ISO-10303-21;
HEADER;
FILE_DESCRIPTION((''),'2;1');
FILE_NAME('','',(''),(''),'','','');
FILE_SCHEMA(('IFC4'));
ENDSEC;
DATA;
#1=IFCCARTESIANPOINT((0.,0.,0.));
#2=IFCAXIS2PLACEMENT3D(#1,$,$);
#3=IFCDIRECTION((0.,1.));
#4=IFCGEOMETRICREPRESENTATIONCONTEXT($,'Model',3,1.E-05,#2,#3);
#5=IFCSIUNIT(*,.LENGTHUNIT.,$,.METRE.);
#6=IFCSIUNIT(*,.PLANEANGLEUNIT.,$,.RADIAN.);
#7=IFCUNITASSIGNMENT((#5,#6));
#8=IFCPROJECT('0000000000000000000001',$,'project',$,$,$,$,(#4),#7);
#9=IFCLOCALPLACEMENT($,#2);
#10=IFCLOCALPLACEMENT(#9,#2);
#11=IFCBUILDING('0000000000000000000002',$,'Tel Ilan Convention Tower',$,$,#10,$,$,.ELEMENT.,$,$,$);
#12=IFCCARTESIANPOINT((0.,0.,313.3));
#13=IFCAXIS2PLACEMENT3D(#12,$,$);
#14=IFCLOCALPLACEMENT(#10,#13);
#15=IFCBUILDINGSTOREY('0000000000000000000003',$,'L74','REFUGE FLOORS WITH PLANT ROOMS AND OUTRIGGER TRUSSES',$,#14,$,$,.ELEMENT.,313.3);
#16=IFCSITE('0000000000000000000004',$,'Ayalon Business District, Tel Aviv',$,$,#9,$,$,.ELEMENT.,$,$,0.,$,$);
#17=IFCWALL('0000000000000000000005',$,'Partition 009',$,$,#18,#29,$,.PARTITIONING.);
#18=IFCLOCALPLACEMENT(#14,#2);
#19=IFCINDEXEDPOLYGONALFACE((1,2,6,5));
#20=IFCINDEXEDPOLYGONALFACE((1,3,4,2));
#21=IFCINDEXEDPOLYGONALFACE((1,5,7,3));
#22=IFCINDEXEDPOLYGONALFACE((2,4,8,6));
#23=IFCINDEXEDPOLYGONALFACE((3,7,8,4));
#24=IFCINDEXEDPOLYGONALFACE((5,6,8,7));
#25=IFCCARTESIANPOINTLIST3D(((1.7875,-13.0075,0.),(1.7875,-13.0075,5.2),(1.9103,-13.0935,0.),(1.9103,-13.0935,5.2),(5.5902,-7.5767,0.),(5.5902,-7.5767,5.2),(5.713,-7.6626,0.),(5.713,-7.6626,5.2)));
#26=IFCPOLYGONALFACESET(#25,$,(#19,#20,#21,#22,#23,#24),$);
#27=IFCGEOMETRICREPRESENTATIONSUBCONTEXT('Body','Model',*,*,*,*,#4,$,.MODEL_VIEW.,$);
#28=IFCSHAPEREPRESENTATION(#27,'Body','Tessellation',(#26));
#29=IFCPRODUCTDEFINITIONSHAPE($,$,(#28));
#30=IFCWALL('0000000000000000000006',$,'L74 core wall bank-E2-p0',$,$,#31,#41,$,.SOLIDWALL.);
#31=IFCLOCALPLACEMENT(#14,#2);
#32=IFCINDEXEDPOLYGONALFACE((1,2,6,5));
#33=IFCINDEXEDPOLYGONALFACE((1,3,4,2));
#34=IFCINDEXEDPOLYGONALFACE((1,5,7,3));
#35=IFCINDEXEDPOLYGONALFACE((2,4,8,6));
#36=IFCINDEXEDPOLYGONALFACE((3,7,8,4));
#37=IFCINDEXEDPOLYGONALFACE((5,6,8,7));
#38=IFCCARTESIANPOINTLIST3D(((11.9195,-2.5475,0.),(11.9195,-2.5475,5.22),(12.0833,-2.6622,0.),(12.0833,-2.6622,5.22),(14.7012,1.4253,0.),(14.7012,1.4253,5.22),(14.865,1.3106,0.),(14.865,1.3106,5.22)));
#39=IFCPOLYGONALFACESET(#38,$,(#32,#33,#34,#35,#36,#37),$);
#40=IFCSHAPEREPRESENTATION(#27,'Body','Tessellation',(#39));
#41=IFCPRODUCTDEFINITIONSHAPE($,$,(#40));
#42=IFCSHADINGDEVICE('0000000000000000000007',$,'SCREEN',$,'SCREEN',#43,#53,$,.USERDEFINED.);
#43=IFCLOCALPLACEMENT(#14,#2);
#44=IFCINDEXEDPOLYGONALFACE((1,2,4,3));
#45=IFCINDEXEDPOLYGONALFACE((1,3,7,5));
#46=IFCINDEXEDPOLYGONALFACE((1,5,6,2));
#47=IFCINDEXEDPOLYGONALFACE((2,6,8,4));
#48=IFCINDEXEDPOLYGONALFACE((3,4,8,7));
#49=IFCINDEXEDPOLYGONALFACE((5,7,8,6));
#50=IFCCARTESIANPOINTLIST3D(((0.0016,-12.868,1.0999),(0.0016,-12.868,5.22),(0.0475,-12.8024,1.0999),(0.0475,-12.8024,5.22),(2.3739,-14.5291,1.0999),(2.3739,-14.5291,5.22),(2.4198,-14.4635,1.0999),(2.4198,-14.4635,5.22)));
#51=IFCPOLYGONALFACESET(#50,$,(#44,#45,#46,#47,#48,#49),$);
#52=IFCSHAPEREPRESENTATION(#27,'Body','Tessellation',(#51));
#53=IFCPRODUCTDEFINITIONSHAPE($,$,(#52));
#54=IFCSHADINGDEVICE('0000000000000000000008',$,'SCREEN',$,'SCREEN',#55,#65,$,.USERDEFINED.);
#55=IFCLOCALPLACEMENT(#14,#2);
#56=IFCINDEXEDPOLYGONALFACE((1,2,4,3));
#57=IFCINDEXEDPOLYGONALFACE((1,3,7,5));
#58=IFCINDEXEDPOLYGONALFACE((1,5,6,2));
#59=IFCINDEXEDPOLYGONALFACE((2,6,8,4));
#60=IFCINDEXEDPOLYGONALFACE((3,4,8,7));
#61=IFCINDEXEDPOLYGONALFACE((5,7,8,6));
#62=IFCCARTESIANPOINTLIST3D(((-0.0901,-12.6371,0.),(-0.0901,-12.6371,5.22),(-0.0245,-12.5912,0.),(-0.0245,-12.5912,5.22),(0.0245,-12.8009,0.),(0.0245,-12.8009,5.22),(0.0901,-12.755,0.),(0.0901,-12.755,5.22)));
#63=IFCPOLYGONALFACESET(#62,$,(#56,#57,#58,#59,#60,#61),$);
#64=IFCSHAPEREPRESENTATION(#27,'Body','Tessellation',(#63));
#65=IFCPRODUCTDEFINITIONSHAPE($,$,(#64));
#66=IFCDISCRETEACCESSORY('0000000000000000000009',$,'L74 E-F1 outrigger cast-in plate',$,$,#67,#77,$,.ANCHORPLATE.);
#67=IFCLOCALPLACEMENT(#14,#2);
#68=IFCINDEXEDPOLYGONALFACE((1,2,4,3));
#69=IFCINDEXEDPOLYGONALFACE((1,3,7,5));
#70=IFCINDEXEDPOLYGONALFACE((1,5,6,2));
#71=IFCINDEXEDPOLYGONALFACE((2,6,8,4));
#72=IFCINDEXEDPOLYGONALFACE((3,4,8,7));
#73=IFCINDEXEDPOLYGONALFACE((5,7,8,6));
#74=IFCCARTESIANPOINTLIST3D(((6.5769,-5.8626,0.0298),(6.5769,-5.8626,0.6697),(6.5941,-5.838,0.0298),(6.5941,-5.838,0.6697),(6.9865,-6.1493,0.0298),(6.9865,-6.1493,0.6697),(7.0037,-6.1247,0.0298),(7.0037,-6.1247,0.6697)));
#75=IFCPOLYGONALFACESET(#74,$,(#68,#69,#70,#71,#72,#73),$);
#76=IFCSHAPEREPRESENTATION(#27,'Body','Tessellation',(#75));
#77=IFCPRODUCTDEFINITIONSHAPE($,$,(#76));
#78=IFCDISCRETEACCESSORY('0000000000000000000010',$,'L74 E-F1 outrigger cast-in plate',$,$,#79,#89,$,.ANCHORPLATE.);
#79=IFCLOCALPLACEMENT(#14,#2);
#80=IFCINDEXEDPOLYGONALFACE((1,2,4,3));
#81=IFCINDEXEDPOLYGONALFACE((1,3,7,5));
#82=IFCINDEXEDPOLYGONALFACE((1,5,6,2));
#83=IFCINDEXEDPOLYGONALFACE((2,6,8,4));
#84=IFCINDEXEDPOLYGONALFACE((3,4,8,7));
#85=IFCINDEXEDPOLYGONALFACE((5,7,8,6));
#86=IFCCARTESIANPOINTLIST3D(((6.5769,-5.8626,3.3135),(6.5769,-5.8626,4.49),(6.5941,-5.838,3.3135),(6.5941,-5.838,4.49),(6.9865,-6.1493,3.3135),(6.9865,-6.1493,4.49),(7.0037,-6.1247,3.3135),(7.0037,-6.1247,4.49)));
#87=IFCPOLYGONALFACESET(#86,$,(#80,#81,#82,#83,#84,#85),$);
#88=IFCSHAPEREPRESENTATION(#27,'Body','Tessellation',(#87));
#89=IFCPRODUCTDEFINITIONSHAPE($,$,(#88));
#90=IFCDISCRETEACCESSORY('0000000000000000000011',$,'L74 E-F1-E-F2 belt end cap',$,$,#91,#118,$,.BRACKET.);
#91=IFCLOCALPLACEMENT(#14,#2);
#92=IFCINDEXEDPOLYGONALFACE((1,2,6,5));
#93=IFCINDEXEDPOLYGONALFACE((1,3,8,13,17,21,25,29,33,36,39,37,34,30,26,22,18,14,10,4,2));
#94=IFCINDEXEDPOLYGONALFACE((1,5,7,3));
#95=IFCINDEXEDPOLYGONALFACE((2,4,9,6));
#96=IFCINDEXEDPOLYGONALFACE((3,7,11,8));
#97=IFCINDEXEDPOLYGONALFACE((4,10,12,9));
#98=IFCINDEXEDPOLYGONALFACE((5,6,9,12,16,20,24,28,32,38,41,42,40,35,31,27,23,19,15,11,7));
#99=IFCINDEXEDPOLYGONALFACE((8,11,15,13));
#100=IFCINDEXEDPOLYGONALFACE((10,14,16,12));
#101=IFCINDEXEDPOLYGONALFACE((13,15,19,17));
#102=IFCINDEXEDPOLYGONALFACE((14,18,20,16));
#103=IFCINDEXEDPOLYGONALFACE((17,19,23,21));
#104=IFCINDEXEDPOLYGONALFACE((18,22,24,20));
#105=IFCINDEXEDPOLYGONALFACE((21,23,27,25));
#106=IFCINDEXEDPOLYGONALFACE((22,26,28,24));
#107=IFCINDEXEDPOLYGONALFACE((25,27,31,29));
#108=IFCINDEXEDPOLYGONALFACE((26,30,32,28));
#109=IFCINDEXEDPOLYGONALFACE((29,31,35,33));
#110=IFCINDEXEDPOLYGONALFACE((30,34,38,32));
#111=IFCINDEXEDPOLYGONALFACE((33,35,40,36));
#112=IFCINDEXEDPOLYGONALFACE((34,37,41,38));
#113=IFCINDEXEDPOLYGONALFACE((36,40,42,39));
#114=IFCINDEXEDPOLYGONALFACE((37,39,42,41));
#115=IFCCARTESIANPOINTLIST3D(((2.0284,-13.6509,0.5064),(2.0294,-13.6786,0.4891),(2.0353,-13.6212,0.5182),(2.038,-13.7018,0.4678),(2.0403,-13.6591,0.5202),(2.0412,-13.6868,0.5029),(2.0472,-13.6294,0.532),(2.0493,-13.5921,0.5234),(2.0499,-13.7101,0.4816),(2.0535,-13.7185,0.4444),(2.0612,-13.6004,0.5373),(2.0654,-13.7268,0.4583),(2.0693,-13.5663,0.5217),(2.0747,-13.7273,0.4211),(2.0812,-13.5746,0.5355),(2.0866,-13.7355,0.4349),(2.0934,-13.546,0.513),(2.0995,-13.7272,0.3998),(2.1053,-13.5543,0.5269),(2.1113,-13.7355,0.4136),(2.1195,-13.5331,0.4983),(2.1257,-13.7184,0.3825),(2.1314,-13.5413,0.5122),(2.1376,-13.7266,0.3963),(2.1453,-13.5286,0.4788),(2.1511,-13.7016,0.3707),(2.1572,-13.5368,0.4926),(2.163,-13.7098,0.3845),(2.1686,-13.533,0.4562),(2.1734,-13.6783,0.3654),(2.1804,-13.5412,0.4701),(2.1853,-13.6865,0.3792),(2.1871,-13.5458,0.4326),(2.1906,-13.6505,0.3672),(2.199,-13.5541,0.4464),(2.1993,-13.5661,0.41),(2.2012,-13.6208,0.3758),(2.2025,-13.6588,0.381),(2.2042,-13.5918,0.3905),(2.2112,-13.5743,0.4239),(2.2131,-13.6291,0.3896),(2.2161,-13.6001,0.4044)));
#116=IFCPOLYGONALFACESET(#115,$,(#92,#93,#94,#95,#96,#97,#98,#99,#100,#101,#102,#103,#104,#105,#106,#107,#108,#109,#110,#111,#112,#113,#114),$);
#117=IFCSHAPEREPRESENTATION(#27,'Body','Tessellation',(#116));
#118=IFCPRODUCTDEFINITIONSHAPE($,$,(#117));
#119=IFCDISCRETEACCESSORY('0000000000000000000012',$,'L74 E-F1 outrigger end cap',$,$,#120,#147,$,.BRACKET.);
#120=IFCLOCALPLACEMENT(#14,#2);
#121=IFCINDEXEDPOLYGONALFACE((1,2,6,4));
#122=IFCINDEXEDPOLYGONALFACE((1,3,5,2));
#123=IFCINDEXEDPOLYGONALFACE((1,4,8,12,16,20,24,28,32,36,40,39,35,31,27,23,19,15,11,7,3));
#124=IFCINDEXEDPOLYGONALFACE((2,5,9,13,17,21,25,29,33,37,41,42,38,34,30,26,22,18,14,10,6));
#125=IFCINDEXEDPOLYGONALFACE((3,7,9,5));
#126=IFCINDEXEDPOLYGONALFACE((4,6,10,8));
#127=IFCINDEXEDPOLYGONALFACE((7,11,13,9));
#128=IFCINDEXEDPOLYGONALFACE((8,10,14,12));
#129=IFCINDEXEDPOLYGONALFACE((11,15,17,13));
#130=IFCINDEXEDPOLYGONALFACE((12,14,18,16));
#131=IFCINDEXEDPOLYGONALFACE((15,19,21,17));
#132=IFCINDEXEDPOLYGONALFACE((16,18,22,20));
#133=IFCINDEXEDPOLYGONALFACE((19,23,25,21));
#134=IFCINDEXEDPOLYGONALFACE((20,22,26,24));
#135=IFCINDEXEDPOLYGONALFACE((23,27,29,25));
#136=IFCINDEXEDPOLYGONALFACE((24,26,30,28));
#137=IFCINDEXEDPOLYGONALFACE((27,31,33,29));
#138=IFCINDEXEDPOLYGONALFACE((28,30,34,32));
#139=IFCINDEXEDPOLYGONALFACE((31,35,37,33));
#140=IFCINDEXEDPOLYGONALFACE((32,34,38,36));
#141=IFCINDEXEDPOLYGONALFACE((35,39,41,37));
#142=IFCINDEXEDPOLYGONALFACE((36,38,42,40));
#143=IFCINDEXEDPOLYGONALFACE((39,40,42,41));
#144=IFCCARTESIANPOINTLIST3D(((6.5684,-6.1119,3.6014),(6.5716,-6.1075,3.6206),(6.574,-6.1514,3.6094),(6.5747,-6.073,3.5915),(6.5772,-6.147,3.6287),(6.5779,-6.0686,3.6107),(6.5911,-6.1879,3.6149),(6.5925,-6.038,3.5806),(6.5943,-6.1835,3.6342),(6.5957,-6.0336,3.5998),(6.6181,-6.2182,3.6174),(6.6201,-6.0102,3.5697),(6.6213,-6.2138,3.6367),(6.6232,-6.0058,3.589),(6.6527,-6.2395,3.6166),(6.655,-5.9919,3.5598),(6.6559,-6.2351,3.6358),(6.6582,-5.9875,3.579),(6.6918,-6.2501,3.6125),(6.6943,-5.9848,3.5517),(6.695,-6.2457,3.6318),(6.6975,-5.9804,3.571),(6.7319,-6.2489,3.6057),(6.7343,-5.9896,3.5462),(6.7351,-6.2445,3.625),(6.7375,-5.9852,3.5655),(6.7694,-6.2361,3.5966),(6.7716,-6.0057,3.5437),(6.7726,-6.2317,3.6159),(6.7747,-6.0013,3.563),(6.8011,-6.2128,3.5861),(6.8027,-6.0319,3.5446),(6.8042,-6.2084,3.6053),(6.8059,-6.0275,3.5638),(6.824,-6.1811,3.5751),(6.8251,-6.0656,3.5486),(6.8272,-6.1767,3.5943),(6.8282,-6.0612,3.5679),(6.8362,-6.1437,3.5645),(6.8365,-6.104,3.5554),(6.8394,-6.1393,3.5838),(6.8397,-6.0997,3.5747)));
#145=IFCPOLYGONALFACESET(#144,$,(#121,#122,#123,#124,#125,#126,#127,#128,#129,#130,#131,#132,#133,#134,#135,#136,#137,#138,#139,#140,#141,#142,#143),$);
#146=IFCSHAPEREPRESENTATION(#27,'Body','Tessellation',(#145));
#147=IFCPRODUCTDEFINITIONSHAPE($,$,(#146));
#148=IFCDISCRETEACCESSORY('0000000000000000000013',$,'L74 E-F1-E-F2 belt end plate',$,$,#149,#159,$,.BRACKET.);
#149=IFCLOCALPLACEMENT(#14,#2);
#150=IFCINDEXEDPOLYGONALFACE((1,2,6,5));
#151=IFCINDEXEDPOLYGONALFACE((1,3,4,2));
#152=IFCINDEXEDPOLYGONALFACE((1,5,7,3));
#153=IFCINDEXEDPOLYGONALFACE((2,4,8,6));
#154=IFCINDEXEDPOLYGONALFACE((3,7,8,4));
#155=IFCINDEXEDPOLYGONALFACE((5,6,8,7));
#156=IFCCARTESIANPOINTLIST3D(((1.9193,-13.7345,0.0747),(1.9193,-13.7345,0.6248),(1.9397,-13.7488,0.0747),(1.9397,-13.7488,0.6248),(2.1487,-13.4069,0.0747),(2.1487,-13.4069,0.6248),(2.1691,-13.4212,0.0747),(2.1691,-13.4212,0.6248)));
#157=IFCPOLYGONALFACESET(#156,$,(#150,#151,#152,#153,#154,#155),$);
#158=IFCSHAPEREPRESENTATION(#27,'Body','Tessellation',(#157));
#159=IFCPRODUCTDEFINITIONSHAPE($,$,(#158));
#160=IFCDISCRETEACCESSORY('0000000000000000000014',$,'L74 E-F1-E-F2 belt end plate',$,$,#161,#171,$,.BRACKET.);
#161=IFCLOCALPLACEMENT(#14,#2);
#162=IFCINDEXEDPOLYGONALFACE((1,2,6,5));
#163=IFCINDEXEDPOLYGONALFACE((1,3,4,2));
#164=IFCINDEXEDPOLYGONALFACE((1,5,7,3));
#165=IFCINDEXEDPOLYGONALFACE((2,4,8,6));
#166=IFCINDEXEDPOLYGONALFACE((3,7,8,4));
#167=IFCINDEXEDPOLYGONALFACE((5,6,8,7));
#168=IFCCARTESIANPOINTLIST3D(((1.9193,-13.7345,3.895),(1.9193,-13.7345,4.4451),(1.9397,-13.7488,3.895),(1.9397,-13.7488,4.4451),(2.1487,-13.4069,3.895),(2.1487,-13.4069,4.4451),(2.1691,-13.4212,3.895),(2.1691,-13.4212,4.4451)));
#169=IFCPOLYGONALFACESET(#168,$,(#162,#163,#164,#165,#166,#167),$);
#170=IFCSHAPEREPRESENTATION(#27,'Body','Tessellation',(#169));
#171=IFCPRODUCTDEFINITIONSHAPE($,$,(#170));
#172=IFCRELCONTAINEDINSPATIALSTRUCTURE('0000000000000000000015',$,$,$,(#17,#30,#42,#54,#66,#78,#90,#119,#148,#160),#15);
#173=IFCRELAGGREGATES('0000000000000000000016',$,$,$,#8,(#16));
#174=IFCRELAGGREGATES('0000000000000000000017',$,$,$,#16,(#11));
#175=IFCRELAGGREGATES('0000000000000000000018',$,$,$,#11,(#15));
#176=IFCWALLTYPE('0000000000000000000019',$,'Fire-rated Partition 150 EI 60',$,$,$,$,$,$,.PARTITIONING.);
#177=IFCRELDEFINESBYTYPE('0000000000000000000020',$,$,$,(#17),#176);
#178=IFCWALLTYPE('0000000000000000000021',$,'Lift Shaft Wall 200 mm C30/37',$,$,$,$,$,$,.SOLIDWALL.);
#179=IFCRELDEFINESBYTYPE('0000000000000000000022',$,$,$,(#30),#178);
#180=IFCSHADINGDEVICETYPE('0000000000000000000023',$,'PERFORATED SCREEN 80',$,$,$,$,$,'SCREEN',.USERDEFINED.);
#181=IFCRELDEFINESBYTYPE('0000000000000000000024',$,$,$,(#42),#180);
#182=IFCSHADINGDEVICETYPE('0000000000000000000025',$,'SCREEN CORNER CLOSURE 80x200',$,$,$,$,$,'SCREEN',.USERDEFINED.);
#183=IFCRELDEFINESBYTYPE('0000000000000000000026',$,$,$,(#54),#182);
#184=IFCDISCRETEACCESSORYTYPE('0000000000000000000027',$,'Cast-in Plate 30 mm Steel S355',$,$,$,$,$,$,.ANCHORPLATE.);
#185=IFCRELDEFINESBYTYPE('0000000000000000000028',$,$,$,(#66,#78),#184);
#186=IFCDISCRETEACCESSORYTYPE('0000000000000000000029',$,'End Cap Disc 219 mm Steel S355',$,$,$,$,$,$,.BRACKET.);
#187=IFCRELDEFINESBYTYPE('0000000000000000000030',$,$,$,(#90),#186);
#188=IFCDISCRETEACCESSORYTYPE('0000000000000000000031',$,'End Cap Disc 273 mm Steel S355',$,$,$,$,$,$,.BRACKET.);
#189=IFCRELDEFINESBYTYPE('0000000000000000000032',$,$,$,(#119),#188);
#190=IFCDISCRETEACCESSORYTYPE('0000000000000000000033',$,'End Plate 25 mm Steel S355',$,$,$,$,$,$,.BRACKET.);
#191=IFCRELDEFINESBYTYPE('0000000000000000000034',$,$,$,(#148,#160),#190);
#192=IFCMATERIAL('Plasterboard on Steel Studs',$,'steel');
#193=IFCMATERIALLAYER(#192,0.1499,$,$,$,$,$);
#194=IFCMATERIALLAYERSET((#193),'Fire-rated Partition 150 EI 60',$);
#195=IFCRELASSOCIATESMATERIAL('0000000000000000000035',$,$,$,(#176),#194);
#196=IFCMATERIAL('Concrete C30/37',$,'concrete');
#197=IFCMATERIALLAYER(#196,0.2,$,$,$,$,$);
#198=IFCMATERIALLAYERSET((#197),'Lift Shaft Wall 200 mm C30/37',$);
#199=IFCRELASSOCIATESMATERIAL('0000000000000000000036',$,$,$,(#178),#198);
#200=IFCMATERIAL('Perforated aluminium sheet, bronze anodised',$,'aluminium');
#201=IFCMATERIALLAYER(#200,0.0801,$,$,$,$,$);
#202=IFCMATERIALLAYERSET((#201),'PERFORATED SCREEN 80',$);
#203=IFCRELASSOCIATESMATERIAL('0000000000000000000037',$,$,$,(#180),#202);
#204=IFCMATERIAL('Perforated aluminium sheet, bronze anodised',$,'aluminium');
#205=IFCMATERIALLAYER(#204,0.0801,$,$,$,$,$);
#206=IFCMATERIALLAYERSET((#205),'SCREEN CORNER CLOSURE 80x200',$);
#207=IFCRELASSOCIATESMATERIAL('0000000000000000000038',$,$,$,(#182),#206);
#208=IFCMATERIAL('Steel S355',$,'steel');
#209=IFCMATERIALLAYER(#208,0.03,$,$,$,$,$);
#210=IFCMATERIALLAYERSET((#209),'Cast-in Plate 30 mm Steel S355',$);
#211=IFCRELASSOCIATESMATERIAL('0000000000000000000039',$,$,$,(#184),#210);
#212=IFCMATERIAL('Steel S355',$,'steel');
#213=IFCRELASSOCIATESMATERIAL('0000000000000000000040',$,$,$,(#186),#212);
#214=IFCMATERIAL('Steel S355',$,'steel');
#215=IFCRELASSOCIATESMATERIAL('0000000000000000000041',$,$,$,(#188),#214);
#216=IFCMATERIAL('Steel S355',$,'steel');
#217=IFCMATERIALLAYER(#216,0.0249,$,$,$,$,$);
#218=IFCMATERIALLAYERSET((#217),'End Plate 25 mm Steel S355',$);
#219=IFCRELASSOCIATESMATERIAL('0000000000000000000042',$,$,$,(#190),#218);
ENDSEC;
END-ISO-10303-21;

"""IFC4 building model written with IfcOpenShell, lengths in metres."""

from ifc_helpers import new_model, si_unit, direction, frame, frame_2d, origin, origin_2d, place, context, subcontext, project, spatial, rectangle, circle, extrude, material, layer, layer_set, material_profile, profile_set, type_object, element, save


model = new_model("IFC4")

# Units and contexts
model_context = context("Model", 3, precision=1e-05, world=origin(), true_north=direction((0.0, 1.0)))
body_context = subcontext(model_context, "Body", "Model", "MODEL_VIEW")
ifc_project = project(units=[si_unit("LENGTHUNIT", "METRE"), si_unit("PLANEANGLEUNIT", "RADIAN")], contexts=[model_context])

# Site, building, storey
site_placement = place(None, origin())
site = spatial("IfcSite", under=ifc_project, at=site_placement, Name="Ayalon Business District, Tel Aviv", CompositionType="ELEMENT", RefElevation=0.0)
building_placement = place(site_placement, origin())
building = spatial("IfcBuilding", under=site, at=building_placement, Name="Tel Ilan Convention Tower", CompositionType="ELEMENT")
storey_placement = place(building_placement, frame((0.0, 0.0, 313.3)))
storey = spatial("IfcBuildingStorey", under=building, at=storey_placement, Name="L74", Description="REFUGE FLOORS WITH PLANT ROOMS AND OUTRIGGER TRUSSES", CompositionType="ELEMENT", Elevation=313.3)

# Walls
ifc_material_1 = material(Name="Plasterboard on Steel Studs", Category="steel")
ifc_layer_1 = layer(ifc_material_1, 0.1499)
ifc_layer_set_1 = layer_set([ifc_layer_1], Name="Fire-rated Partition 150 EI 60")
wall_type_1 = type_object("IfcWallType", Name="Fire-rated Partition 150 EI 60", PredefinedType="PARTITIONING", material=ifc_layer_set_1)
wall_1_placement = place(storey_placement, frame((1.8489, -13.0505, 0.0), z_axis=(0.0, 0.0, 1.0), x_axis=(0.573574, 0.819154, 0.0)))
element("IfcWall", 1, at=wall_1_placement, inside=storey, type_object=wall_type_1, Name="Partition 009", PredefinedType="PARTITIONING", context=body_context, shape_type="SweptSolid", body=[
    extrude(rectangle(XDim=6.6299, YDim=0.1499, at=frame_2d((3.3149, 0.0))), origin(), (0.0, 0.0, 1.0), 5.2),
])
ifc_material_2 = material(Name="Concrete C30/37", Category="concrete")
ifc_layer_2 = layer(ifc_material_2, 0.2)
ifc_layer_set_2 = layer_set([ifc_layer_2], Name="Lift Shaft Wall 200 mm C30/37")
wall_type_2 = type_object("IfcWallType", Name="Lift Shaft Wall 200 mm C30/37", PredefinedType="SOLIDWALL", material=ifc_layer_set_2)
wall_2_placement = place(storey_placement, frame((12.0015, -2.6047, 0.0), z_axis=(0.0, 0.0, 1.0), x_axis=(0.57356, 0.819163, 0.0)))
element("IfcWall", 2, at=wall_2_placement, inside=storey, type_object=wall_type_2, Name="L74 core wall bank-E2-p0", PredefinedType="SOLIDWALL", context=body_context, shape_type="SweptSolid", body=[
    extrude(rectangle(XDim=4.8499, YDim=0.2, at=frame_2d((2.4248, 0.0))), origin(), (0.0, 0.0, 1.0), 5.22),
])

# Shading device
ifc_material_3 = material(Name="Perforated aluminium sheet, bronze anodised", Category="aluminium")
ifc_layer_3 = layer(ifc_material_3, 0.0801)
ifc_layer_set_3 = layer_set([ifc_layer_3], Name="PERFORATED SCREEN 80")
shading_device_type_1 = type_object("IfcShadingDeviceType", Name="PERFORATED SCREEN 80", ElementType="SCREEN", PredefinedType="USERDEFINED", material=ifc_layer_set_3)
shading_device_1_placement = place(storey_placement, frame((1.2107, -13.6658, 1.0999), z_axis=(0.0, 0.0, 1.0), x_axis=(0.819152, -0.573576, 0.0)))
element("IfcShadingDevice", 3, at=shading_device_1_placement, inside=storey, type_object=shading_device_type_1, Name="SCREEN", ObjectType="SCREEN", PredefinedType="USERDEFINED", context=body_context, shape_type="SweptSolid", body=[
    extrude(rectangle(XDim=2.896, YDim=0.0801, at=origin_2d()), origin(), (0.0, 0.0, 1.0), 4.1201),
])

# Shading device
ifc_material_4 = material(Name="Perforated aluminium sheet, bronze anodised", Category="aluminium")
ifc_layer_4 = layer(ifc_material_4, 0.0801)
ifc_layer_set_4 = layer_set([ifc_layer_4], Name="SCREEN CORNER CLOSURE 80x200")
shading_device_type_2 = type_object("IfcShadingDeviceType", Name="SCREEN CORNER CLOSURE 80x200", ElementType="SCREEN", PredefinedType="USERDEFINED", material=ifc_layer_set_4)
shading_device_2_placement = place(storey_placement, frame((0.0, -12.696, 0.0), z_axis=(0.0, 0.0, 1.0), x_axis=(0.819152, 0.573576, 0.0)))
element("IfcShadingDevice", 4, at=shading_device_2_placement, inside=storey, type_object=shading_device_type_2, Name="SCREEN", ObjectType="SCREEN", PredefinedType="USERDEFINED", context=body_context, shape_type="SweptSolid", body=[
    extrude(rectangle(XDim=0.0801, YDim=0.2, at=origin_2d()), origin(), (0.0, 0.0, 1.0), 5.22),
])

# Discrete accessories
ifc_material_5 = material(Name="Steel S355", Category="steel")
ifc_layer_5 = layer(ifc_material_5, 0.03)
ifc_layer_set_5 = layer_set([ifc_layer_5], Name="Cast-in Plate 30 mm Steel S355")
discrete_accessory_type_1 = type_object("IfcDiscreteAccessoryType", Name="Cast-in Plate 30 mm Steel S355", PredefinedType="ANCHORPLATE", material=ifc_layer_set_5)
discrete_accessory_1_placement = place(storey_placement, frame((6.7903, -5.9937, 0.0298), z_axis=(0.0, 0.0, 1.0), x_axis=(0.573576, 0.819152, 0.0)))
element("IfcDiscreteAccessory", 5, at=discrete_accessory_1_placement, inside=storey, type_object=discrete_accessory_type_1, Name="L74 E-F1 outrigger cast-in plate", PredefinedType="ANCHORPLATE", context=body_context, shape_type="SweptSolid", body=[
    extrude(rectangle(XDim=0.03, YDim=0.5, at=origin_2d()), origin(), (0.0, 0.0, 1.0), 0.6399),
])
discrete_accessory_2_placement = place(storey_placement, frame((6.7903, -5.9937, 3.3135), z_axis=(0.0, 0.0, 1.0), x_axis=(0.573576, 0.819152, 0.0)))
element("IfcDiscreteAccessory", 6, at=discrete_accessory_2_placement, inside=storey, type_object=discrete_accessory_type_1, Name="L74 E-F1 outrigger cast-in plate", PredefinedType="ANCHORPLATE", context=body_context, shape_type="SweptSolid", body=[
    extrude(rectangle(XDim=0.03, YDim=0.5, at=origin_2d()), origin(), (0.0, 0.0, 1.0), 1.1765),
])
ifc_material_6 = material(Name="Steel S355", Category="steel")
ifc_material_profile_1 = material_profile(ifc_material_6, circle(Radius=0.1096, at=origin_2d()), Name="End Cap Disc 219 mm Steel S355")
ifc_profile_set_1 = profile_set([ifc_material_profile_1], Name="Steel S355")
discrete_accessory_type_2 = type_object("IfcDiscreteAccessoryType", Name="End Cap Disc 219 mm Steel S355", PredefinedType="BRACKET", material=ifc_profile_set_1)
discrete_accessory_3_placement = place(storey_placement, frame((2.1279, -13.6367, 0.4583), z_axis=(-0.59395, 0.412129, -0.690922), x_axis=(-0.570082, -0.821588, 0.0)))
element("IfcDiscreteAccessory", 7, at=discrete_accessory_3_placement, inside=storey, type_object=discrete_accessory_type_2, Name="L74 E-F1-E-F2 belt end cap", PredefinedType="BRACKET", context=body_context, shape_type="SweptSolid", body=[
    extrude(circle(Radius=0.1096, at=origin_2d()), origin(), (0.0, 0.0, 1.0), 0.02),
])
ifc_material_7 = material(Name="Steel S355", Category="steel")
ifc_material_profile_2 = material_profile(ifc_material_7, circle(Radius=0.1365, at=origin_2d()), Name="End Cap Disc 273 mm Steel S355")
ifc_profile_set_2 = profile_set([ifc_material_profile_2], Name="Steel S355")
discrete_accessory_type_3 = type_object("IfcDiscreteAccessoryType", Name="End Cap Disc 273 mm Steel S355", PredefinedType="BRACKET", material=ifc_profile_set_2)
discrete_accessory_4_placement = place(storey_placement, frame((6.7031, -6.1179, 3.5806), z_axis=(0.158419, 0.219349, 0.962699), x_axis=(-0.810679, 0.585491, 0.0)))
element("IfcDiscreteAccessory", 8, at=discrete_accessory_4_placement, inside=storey, type_object=discrete_accessory_type_3, Name="L74 E-F1 outrigger end cap", PredefinedType="BRACKET", context=body_context, shape_type="SweptSolid", body=[
    extrude(circle(Radius=0.1365, at=origin_2d()), origin(), (0.0, 0.0, 1.0), 0.02),
])
ifc_material_8 = material(Name="Steel S355", Category="steel")
ifc_layer_6 = layer(ifc_material_8, 0.0249)
ifc_layer_set_6 = layer_set([ifc_layer_6], Name="End Plate 25 mm Steel S355")
discrete_accessory_type_4 = type_object("IfcDiscreteAccessoryType", Name="End Plate 25 mm Steel S355", PredefinedType="BRACKET", material=ifc_layer_set_6)
for number, where, z_axis, x_axis, name in (
    (9, (2.0442, -13.5779, 0.0747), (0.0, 0.0, 1.0), (-0.819152, 0.573576, 0.0), "L74 E-F1-E-F2 belt end plate"),
    (10, (2.0442, -13.5779, 3.895), (0.0, 0.0, 1.0), (-0.819152, 0.573576, 0.0), "L74 E-F1-E-F2 belt end plate"),
):
    element("IfcDiscreteAccessory", number, at=place(storey_placement, frame(where, z_axis=z_axis, x_axis=x_axis)), inside=storey, type_object=discrete_accessory_type_4, Name=name, PredefinedType="BRACKET", context=body_context, shape_type="SweptSolid", body=[
        extrude(rectangle(XDim=0.0249, YDim=0.3999, at=origin_2d()), origin(), (0.0, 0.0, 1.0), 0.55),
    ])

save(model, "model.ifc")
